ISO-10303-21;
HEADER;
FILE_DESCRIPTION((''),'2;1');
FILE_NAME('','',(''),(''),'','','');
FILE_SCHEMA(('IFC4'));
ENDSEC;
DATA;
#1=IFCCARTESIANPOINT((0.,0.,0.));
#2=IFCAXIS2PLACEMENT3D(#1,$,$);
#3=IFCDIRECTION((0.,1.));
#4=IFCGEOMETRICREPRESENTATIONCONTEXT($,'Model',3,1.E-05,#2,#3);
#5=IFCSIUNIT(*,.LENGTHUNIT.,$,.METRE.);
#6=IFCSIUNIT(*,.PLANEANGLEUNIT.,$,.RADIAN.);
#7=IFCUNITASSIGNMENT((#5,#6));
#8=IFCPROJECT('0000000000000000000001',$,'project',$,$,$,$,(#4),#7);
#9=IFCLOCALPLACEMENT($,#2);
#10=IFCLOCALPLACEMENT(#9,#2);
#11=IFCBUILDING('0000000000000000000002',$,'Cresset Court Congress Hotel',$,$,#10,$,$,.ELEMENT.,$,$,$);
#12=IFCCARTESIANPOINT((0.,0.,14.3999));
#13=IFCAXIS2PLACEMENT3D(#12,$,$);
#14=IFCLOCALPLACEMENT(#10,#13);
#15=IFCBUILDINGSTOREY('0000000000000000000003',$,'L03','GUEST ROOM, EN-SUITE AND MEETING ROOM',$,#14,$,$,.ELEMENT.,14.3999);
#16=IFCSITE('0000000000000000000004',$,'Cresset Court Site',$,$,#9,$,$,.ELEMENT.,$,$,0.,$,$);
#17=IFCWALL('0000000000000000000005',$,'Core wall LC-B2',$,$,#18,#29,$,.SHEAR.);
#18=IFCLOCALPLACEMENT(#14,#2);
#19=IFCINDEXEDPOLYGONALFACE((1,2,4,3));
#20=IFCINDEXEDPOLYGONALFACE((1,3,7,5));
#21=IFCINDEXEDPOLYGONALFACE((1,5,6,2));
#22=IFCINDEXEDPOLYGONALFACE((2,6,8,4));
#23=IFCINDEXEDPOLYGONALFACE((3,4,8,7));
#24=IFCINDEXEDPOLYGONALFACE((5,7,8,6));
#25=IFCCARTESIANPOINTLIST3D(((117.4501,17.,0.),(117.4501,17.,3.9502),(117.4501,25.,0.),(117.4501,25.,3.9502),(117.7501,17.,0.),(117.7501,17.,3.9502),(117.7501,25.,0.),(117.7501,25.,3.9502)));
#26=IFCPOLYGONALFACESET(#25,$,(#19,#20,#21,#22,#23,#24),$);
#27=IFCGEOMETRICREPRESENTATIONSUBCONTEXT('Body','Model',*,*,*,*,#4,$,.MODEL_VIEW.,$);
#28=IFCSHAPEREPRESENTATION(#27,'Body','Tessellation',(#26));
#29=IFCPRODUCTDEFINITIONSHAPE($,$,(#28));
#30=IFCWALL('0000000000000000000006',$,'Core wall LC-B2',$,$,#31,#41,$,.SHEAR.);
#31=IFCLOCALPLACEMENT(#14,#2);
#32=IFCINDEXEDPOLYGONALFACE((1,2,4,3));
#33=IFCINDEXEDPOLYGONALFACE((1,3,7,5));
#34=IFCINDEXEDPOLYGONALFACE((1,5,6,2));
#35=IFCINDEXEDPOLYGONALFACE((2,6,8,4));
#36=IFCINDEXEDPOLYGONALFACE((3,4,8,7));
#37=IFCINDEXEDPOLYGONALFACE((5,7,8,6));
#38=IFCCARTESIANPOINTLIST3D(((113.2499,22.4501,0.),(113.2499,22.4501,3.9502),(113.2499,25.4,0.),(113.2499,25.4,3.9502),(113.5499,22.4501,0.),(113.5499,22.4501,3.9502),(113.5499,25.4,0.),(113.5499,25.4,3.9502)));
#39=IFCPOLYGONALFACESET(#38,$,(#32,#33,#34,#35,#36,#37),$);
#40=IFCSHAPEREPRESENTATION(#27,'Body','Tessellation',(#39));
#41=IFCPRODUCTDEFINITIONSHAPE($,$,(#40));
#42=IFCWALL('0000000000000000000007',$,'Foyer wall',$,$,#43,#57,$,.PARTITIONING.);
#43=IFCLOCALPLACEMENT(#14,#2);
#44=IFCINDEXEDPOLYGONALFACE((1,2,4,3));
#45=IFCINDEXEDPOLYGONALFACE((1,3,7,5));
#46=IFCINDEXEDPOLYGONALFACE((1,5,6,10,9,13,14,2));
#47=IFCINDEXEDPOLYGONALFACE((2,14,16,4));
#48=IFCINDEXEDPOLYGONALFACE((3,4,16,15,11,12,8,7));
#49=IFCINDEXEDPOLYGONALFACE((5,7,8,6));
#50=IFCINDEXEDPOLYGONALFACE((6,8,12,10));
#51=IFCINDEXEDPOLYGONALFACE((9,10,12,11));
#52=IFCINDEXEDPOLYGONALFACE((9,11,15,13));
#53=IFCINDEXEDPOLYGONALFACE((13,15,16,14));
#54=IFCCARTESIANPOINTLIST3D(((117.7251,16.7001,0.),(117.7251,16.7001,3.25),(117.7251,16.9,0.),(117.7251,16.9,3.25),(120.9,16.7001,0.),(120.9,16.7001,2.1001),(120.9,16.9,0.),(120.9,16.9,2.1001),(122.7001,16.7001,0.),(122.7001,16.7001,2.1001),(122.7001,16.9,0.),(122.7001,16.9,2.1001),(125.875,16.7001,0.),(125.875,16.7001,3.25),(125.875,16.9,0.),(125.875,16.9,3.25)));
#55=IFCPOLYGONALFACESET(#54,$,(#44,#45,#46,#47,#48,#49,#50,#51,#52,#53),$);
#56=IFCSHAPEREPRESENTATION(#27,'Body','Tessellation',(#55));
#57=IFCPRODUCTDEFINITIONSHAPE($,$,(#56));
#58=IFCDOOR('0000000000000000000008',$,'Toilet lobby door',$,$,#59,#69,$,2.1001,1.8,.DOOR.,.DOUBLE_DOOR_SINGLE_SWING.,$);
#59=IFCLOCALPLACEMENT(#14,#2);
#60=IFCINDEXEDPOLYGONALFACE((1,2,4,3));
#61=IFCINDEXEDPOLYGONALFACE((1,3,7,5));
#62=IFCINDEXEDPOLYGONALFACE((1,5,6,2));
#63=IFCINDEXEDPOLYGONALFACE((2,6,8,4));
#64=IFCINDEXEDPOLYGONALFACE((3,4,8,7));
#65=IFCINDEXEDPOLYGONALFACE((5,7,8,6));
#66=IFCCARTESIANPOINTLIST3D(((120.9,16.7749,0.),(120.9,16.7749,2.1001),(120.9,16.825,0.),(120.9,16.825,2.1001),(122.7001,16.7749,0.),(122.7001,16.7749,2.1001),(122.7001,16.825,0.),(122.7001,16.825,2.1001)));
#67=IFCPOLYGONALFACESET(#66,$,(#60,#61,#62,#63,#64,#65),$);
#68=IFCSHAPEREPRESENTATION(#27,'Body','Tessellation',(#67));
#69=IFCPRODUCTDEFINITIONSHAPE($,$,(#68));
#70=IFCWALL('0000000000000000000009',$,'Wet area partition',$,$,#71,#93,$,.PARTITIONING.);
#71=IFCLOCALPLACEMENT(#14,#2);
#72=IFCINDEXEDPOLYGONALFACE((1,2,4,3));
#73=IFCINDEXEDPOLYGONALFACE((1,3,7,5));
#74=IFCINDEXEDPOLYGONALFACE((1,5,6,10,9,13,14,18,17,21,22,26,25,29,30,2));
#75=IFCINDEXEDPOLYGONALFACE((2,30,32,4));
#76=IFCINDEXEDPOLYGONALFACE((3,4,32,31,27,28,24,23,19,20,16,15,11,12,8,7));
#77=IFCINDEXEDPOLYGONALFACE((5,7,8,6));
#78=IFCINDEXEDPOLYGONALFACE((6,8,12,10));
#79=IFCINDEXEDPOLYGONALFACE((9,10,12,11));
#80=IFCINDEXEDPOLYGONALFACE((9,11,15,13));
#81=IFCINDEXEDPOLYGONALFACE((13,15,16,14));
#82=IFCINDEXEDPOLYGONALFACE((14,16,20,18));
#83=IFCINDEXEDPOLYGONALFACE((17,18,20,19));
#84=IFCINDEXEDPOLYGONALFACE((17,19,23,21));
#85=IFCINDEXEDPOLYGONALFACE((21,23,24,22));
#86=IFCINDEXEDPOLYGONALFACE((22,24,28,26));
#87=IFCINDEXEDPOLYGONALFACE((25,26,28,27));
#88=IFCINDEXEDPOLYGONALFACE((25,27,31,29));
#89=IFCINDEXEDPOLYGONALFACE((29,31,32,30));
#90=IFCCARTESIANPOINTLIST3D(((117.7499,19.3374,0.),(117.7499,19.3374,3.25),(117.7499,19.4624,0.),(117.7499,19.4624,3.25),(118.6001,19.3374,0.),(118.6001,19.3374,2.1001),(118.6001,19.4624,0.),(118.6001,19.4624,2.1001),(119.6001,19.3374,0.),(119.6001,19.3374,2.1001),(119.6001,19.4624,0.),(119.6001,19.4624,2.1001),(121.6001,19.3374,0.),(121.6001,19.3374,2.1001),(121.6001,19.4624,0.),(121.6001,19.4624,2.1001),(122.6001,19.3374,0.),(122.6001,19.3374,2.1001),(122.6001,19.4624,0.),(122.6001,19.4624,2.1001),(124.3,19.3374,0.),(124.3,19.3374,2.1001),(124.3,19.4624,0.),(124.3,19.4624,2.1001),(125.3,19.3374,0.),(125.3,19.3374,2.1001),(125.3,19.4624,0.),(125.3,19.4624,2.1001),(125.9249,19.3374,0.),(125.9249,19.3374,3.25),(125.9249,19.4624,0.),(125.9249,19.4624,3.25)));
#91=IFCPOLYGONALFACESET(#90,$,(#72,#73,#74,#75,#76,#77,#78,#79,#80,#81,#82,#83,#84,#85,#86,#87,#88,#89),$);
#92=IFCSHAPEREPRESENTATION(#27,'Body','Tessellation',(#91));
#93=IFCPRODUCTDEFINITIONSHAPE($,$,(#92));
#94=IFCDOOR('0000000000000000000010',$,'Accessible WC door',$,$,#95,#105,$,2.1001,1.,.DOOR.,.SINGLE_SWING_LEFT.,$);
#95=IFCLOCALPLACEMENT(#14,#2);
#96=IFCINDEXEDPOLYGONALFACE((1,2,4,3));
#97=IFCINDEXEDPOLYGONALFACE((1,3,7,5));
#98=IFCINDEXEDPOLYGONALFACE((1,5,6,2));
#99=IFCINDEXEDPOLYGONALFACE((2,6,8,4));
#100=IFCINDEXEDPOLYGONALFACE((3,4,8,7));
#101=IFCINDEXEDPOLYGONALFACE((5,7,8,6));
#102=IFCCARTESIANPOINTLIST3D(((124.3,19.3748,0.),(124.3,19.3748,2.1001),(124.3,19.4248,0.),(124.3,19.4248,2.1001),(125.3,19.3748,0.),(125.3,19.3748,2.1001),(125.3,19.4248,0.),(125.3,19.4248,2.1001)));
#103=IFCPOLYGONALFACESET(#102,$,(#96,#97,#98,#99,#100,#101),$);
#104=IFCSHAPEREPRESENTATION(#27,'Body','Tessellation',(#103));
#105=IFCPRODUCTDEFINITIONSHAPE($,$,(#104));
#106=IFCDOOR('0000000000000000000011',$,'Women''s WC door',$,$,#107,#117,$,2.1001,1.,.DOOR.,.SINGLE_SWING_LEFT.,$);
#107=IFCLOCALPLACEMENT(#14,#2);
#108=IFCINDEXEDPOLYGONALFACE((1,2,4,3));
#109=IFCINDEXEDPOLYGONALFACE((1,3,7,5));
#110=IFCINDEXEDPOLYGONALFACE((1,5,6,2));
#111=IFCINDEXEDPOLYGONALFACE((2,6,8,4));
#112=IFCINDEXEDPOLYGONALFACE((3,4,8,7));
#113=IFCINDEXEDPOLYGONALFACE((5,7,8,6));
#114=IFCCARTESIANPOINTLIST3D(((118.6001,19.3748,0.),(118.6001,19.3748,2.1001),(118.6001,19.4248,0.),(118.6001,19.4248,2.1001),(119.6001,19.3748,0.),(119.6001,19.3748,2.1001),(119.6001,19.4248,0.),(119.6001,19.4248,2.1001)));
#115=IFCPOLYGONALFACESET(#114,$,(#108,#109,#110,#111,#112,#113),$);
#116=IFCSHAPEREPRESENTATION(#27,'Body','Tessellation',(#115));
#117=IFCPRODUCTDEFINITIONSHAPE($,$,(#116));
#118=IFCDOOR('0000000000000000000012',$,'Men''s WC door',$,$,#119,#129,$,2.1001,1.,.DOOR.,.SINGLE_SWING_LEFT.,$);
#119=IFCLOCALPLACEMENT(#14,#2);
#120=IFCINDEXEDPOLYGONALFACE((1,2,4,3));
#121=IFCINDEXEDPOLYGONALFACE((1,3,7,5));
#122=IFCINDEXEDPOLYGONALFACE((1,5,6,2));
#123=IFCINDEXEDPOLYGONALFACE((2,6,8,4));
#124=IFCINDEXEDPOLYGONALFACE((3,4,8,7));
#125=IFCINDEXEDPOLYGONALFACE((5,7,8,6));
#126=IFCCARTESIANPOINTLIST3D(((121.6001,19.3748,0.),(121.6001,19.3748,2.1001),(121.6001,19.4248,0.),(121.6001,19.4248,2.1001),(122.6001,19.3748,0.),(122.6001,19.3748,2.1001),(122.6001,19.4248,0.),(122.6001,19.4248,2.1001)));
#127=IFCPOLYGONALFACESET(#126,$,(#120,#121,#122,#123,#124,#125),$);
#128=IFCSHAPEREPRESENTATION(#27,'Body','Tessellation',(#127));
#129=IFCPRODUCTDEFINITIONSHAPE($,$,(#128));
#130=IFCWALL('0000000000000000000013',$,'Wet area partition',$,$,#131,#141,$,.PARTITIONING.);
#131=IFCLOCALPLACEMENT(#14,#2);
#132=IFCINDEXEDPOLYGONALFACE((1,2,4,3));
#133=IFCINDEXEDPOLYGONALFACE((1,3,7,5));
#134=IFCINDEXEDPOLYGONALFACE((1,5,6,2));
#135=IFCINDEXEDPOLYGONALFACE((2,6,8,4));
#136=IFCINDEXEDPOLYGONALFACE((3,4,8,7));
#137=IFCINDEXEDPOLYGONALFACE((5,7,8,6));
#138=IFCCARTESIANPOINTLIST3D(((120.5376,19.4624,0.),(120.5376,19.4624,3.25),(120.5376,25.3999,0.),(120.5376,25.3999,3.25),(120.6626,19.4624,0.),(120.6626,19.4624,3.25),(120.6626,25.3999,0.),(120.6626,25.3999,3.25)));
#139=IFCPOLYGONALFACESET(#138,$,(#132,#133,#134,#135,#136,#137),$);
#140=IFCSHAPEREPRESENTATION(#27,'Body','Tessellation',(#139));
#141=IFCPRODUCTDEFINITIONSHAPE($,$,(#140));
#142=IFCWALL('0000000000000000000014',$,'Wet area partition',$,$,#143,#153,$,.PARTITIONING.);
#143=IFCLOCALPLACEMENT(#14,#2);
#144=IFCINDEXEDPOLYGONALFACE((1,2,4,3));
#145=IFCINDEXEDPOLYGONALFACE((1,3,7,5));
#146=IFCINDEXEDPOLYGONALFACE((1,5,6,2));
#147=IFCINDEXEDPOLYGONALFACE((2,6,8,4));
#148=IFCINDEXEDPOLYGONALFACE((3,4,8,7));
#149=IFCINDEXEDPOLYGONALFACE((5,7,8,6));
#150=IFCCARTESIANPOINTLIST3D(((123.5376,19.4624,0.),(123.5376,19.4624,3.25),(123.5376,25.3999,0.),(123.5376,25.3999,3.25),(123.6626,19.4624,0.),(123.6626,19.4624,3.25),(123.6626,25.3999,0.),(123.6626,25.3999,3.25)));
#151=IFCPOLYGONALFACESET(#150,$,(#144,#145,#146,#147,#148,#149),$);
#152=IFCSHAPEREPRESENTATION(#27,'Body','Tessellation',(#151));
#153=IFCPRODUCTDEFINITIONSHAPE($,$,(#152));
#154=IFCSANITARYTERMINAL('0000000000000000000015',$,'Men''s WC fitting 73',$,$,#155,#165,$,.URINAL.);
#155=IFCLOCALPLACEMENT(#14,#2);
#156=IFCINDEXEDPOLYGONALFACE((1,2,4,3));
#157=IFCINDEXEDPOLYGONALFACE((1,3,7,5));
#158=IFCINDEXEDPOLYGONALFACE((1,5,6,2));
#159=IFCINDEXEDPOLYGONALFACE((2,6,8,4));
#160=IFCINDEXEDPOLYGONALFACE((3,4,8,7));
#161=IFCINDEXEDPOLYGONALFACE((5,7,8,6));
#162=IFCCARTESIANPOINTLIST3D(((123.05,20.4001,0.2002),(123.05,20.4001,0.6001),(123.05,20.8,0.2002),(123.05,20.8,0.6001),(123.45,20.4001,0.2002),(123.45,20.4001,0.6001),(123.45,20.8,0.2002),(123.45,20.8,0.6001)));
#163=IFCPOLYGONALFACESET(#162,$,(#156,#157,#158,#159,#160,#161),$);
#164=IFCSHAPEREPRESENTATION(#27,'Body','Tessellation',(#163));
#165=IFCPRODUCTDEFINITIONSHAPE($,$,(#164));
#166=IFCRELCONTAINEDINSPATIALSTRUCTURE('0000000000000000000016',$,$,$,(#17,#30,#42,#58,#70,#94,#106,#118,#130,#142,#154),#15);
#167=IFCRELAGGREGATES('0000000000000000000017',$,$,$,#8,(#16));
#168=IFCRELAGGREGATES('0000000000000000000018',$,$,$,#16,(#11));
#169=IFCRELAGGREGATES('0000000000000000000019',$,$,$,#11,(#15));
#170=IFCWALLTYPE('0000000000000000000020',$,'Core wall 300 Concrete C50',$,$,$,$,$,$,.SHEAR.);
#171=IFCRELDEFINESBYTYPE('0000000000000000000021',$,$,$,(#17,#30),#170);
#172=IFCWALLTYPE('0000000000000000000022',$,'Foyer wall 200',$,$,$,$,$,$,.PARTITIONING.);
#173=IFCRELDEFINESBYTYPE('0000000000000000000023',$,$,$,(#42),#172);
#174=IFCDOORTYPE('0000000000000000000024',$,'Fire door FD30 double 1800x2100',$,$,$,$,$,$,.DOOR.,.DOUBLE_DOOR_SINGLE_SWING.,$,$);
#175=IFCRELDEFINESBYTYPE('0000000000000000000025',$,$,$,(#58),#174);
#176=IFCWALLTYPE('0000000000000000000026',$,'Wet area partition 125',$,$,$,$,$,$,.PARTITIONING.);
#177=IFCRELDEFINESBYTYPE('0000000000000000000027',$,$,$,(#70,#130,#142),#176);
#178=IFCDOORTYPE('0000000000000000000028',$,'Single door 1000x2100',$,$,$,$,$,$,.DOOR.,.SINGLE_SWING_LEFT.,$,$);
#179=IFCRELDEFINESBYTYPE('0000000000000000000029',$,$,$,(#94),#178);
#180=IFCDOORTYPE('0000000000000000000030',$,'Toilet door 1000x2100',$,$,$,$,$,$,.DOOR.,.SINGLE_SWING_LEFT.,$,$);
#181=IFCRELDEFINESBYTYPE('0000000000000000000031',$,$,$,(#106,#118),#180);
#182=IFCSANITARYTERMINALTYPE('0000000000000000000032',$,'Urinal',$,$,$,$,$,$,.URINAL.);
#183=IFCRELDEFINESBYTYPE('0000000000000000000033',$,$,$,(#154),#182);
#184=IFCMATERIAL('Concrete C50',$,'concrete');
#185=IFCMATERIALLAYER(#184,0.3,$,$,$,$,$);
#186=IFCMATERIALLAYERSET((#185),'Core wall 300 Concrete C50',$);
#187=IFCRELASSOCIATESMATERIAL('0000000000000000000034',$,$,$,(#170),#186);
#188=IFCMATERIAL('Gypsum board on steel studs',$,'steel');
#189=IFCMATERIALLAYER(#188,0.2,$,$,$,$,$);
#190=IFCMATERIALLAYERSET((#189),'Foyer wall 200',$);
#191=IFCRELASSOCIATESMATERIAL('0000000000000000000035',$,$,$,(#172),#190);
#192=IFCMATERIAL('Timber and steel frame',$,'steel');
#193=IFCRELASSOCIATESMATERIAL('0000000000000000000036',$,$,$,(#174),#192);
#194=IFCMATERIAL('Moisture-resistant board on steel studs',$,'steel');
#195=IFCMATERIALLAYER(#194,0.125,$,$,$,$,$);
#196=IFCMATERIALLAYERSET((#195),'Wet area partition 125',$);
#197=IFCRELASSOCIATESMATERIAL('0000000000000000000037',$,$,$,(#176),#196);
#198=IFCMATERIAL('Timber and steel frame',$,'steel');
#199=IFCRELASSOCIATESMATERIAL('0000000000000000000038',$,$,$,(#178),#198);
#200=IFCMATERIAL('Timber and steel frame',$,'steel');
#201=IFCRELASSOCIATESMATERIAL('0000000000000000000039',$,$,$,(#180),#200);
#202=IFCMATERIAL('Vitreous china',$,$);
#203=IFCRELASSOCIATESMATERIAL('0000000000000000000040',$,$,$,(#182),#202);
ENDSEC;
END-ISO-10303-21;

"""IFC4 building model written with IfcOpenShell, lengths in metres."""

from ifc_helpers import new_model, si_unit, direction, frame, frame_2d, origin, origin_2d, place, context, subcontext, project, spatial, rectangle, extrude, material, layer, layer_set, type_object, element, fill, save


model = new_model("IFC4")

# Units and contexts
model_context = context("Model", 3, precision=1e-05, world=origin(), true_north=direction((0.0, 1.0)))
body_context = subcontext(model_context, "Body", "Model", "MODEL_VIEW")
ifc_project = project(units=[si_unit("LENGTHUNIT", "METRE"), si_unit("PLANEANGLEUNIT", "RADIAN")], contexts=[model_context])

# Site, building, storey
site_placement = place(None, origin())
site = spatial("IfcSite", under=ifc_project, at=site_placement, Name="Cresset Court Site", CompositionType="ELEMENT", RefElevation=0.0)
building_placement = place(site_placement, origin())
building = spatial("IfcBuilding", under=site, at=building_placement, Name="Cresset Court Congress Hotel", CompositionType="ELEMENT")
storey_placement = place(building_placement, frame((0.0, 0.0, 14.3999)))
storey = spatial("IfcBuildingStorey", under=building, at=storey_placement, Name="L03", Description="GUEST ROOM, EN-SUITE AND MEETING ROOM", CompositionType="ELEMENT", Elevation=14.3999)

# Walls
ifc_material_1 = material(Name="Concrete C50", Category="concrete")
ifc_layer_1 = layer(ifc_material_1, 0.3)
ifc_layer_set_1 = layer_set([ifc_layer_1], Name="Core wall 300 Concrete C50")
wall_type_1 = type_object("IfcWallType", Name="Core wall 300 Concrete C50", PredefinedType="SHEAR", material=ifc_layer_set_1)
wall_1_placement = place(storey_placement, frame((117.6001, 17.0, 0.0), z_axis=(0.0, 0.0, 1.0), x_axis=(0.0, 1.0, 0.0)))
element("IfcWall", 1, at=wall_1_placement, inside=storey, type_object=wall_type_1, Name="Core wall LC-B2", PredefinedType="SHEAR", context=body_context, shape_type="SweptSolid", body=[
    extrude(rectangle(XDim=8.0, YDim=0.3, at=frame_2d((4.0, 0.0))), origin(), (0.0, 0.0, 1.0), 3.9502),
])
wall_2_placement = place(storey_placement, frame((113.3999, 22.45, 0.0), z_axis=(0.0, 0.0, 1.0), x_axis=(0.0, 1.0, 0.0)))
element("IfcWall", 2, at=wall_2_placement, inside=storey, type_object=wall_type_1, Name="Core wall LC-B2", PredefinedType="SHEAR", context=body_context, shape_type="SweptSolid", body=[
    extrude(rectangle(XDim=2.95, YDim=0.3, at=frame_2d((1.4751, 0.0))), origin(), (0.0, 0.0, 1.0), 3.9502),
])

# Wall, opening, door
ifc_material_2 = material(Name="Gypsum board on steel studs", Category="steel")
ifc_layer_2 = layer(ifc_material_2, 0.2)
ifc_layer_set_2 = layer_set([ifc_layer_2], Name="Foyer wall 200")
wall_type_2 = type_object("IfcWallType", Name="Foyer wall 200", PredefinedType="PARTITIONING", material=ifc_layer_set_2)
wall_3_placement = place(storey_placement, frame((117.7251, 16.8, 0.0), z_axis=(0.0, 0.0, 1.0), x_axis=(1.0, 0.0, 0.0)))
wall_3 = element("IfcWall", 3, at=wall_3_placement, inside=storey, type_object=wall_type_2, Name="Foyer wall", PredefinedType="PARTITIONING", context=body_context, shape_type="SweptSolid", body=[
    extrude(rectangle(XDim=8.1499, YDim=0.2, at=frame_2d((4.075, 0.0))), origin(), (0.0, 0.0, 1.0), 3.25),
])
opening_1_placement = place(wall_3_placement, frame((3.175, 0.0, 0.0)))
opening_1 = element("IfcOpeningElement", 4, at=opening_1_placement, cuts=wall_3, PredefinedType="OPENING", context=body_context, shape_type="SweptSolid", body=[
    extrude(rectangle(XDim=1.8, YDim=2.1001, at=frame_2d((0.8999, 1.05))), frame((0.0, 0.1099, 0.0), z_axis=(0.0, -1.0, 0.0), x_axis=(1.0, 0.0, 0.0)), (0.0, 0.0, 1.0), 0.22),
])
ifc_material_3 = material(Name="Timber and steel frame", Category="steel")
door_type_1 = type_object("IfcDoorType", Name="Fire door FD30 double 1800x2100", OperationType="DOUBLE_DOOR_SINGLE_SWING", PredefinedType="DOOR", material=ifc_material_3)
door_1_placement = place(opening_1_placement, origin())
door_1 = element("IfcDoor", 5, at=door_1_placement, inside=storey, type_object=door_type_1, Name="Toilet lobby door", OperationType="DOUBLE_DOOR_SINGLE_SWING", OverallHeight=2.1001, OverallWidth=1.8, PredefinedType="DOOR", context=body_context, shape_type="SweptSolid", body=[
    extrude(rectangle(XDim=1.8, YDim=2.1001, at=frame_2d((0.8999, 1.05))), frame((0.0, 0.0249, 0.0), z_axis=(0.0, -1.0, 0.0), x_axis=(1.0, 0.0, 0.0)), (0.0, 0.0, 1.0), 0.05),
])
fill(opening_1, door_1)

# Wall, openings, doors
ifc_material_4 = material(Name="Moisture-resistant board on steel studs", Category="steel")
ifc_layer_3 = layer(ifc_material_4, 0.125)
ifc_layer_set_3 = layer_set([ifc_layer_3], Name="Wet area partition 125")
wall_type_3 = type_object("IfcWallType", Name="Wet area partition 125", PredefinedType="PARTITIONING", material=ifc_layer_set_3)
wall_4_placement = place(storey_placement, frame((117.75, 19.3999, 0.0), z_axis=(0.0, 0.0, 1.0), x_axis=(1.0, 0.0, 0.0)))
wall_4 = element("IfcWall", 6, at=wall_4_placement, inside=storey, type_object=wall_type_3, Name="Wet area partition", PredefinedType="PARTITIONING", context=body_context, shape_type="SweptSolid", body=[
    extrude(rectangle(XDim=8.175, YDim=0.125, at=frame_2d((4.0874, 0.0))), origin(), (0.0, 0.0, 1.0), 3.25),
])
opening_2_placement = place(wall_4_placement, frame((0.8501, 0.0, 0.0)))
opening_2 = element("IfcOpeningElement", 7, at=opening_2_placement, cuts=wall_4, PredefinedType="OPENING", context=body_context, shape_type="SweptSolid", body=[
    extrude(rectangle(XDim=1.0, YDim=2.1001, at=frame_2d((0.5, 1.05))), frame((0.0, 0.0725, 0.0), z_axis=(0.0, -1.0, 0.0), x_axis=(1.0, 0.0, 0.0)), (0.0, 0.0, 1.0), 0.145),
])
opening_3_placement = place(wall_4_placement, frame((3.8501, 0.0, 0.0)))
opening_3 = element("IfcOpeningElement", 8, at=opening_3_placement, cuts=wall_4, PredefinedType="OPENING", context=body_context, shape_type="SweptSolid", body=[
    extrude(rectangle(XDim=1.0, YDim=2.1001, at=frame_2d((0.5, 1.05))), frame((0.0, 0.0725, 0.0), z_axis=(0.0, -1.0, 0.0), x_axis=(1.0, 0.0, 0.0)), (0.0, 0.0, 1.0), 0.145),
])
opening_4_placement = place(wall_4_placement, frame((6.55, 0.0, 0.0)))
opening_4 = element("IfcOpeningElement", 9, at=opening_4_placement, cuts=wall_4, PredefinedType="OPENING", context=body_context, shape_type="SweptSolid", body=[
    extrude(rectangle(XDim=1.0, YDim=2.1001, at=frame_2d((0.5, 1.05))), frame((0.0, 0.0725, 0.0), z_axis=(0.0, -1.0, 0.0), x_axis=(1.0, 0.0, 0.0)), (0.0, 0.0, 1.0), 0.145),
])
ifc_material_5 = material(Name="Timber and steel frame", Category="steel")
door_type_2 = type_object("IfcDoorType", Name="Single door 1000x2100", OperationType="SINGLE_SWING_LEFT", PredefinedType="DOOR", material=ifc_material_5)
door_2_placement = place(opening_4_placement, origin())
door_2 = element("IfcDoor", 10, at=door_2_placement, inside=storey, type_object=door_type_2, Name="Accessible WC door", OperationType="SINGLE_SWING_LEFT", OverallHeight=2.1001, OverallWidth=1.0, PredefinedType="DOOR", context=body_context, shape_type="SweptSolid", body=[
    extrude(rectangle(XDim=1.0, YDim=2.1001, at=frame_2d((0.5, 1.05))), frame((0.0, 0.0249, 0.0), z_axis=(0.0, -1.0, 0.0), x_axis=(1.0, 0.0, 0.0)), (0.0, 0.0, 1.0), 0.05),
])
fill(opening_4, door_2)
ifc_material_6 = material(Name="Timber and steel frame", Category="steel")
door_type_3 = type_object("IfcDoorType", Name="Toilet door 1000x2100", OperationType="SINGLE_SWING_LEFT", PredefinedType="DOOR", material=ifc_material_6)
door_3_placement = place(opening_2_placement, origin())
door_3 = element("IfcDoor", 11, at=door_3_placement, inside=storey, type_object=door_type_3, Name="Women's WC door", OperationType="SINGLE_SWING_LEFT", OverallHeight=2.1001, OverallWidth=1.0, PredefinedType="DOOR", context=body_context, shape_type="SweptSolid", body=[
    extrude(rectangle(XDim=1.0, YDim=2.1001, at=frame_2d((0.5, 1.05))), frame((0.0, 0.0249, 0.0), z_axis=(0.0, -1.0, 0.0), x_axis=(1.0, 0.0, 0.0)), (0.0, 0.0, 1.0), 0.05),
])
fill(opening_2, door_3)
door_4_placement = place(opening_3_placement, origin())
door_4 = element("IfcDoor", 12, at=door_4_placement, inside=storey, type_object=door_type_3, Name="Men's WC door", OperationType="SINGLE_SWING_LEFT", OverallHeight=2.1001, OverallWidth=1.0, PredefinedType="DOOR", context=body_context, shape_type="SweptSolid", body=[
    extrude(rectangle(XDim=1.0, YDim=2.1001, at=frame_2d((0.5, 1.05))), frame((0.0, 0.0249, 0.0), z_axis=(0.0, -1.0, 0.0), x_axis=(1.0, 0.0, 0.0)), (0.0, 0.0, 1.0), 0.05),
])
fill(opening_3, door_4)

# Walls
for number, where, z_axis, x_axis, name in (
    (13, (120.6001, 19.4624, 0.0), (0.0, 0.0, 1.0), (0.0, 1.0, 0.0), "Wet area partition"),
    (14, (123.6001, 19.4624, 0.0), (0.0, 0.0, 1.0), (0.0, 1.0, 0.0), "Wet area partition"),
):
    element("IfcWall", number, at=place(storey_placement, frame(where, z_axis=z_axis, x_axis=x_axis)), inside=storey, type_object=wall_type_3, Name=name, PredefinedType="PARTITIONING", context=body_context, shape_type="SweptSolid", body=[
        extrude(rectangle(XDim=5.9375, YDim=0.125, at=frame_2d((2.9688, 0.0))), origin(), (0.0, 0.0, 1.0), 3.25),
    ])

# Sanitary terminal
ifc_material_7 = material(Name="Vitreous china")
sanitary_terminal_type_1 = type_object("IfcSanitaryTerminalType", Name="Urinal", PredefinedType="URINAL", material=ifc_material_7)
for number, where, z_axis, x_axis, name in (
    (15, (123.25, 20.6001, 0.2002), (0.0, 0.0, 1.0), (1.0, 0.0, 0.0), "Men's WC fitting 73"),
):
    element("IfcSanitaryTerminal", number, at=place(storey_placement, frame(where, z_axis=z_axis, x_axis=x_axis)), inside=storey, type_object=sanitary_terminal_type_1, Name=name, PredefinedType="URINAL", context=body_context, shape_type="SweptSolid", body=[
        extrude(rectangle(XDim=0.3999, YDim=0.3999, at=origin_2d()), origin(), (0.0, 0.0, 1.0), 0.3999),
    ])

save(model, "model.ifc")
